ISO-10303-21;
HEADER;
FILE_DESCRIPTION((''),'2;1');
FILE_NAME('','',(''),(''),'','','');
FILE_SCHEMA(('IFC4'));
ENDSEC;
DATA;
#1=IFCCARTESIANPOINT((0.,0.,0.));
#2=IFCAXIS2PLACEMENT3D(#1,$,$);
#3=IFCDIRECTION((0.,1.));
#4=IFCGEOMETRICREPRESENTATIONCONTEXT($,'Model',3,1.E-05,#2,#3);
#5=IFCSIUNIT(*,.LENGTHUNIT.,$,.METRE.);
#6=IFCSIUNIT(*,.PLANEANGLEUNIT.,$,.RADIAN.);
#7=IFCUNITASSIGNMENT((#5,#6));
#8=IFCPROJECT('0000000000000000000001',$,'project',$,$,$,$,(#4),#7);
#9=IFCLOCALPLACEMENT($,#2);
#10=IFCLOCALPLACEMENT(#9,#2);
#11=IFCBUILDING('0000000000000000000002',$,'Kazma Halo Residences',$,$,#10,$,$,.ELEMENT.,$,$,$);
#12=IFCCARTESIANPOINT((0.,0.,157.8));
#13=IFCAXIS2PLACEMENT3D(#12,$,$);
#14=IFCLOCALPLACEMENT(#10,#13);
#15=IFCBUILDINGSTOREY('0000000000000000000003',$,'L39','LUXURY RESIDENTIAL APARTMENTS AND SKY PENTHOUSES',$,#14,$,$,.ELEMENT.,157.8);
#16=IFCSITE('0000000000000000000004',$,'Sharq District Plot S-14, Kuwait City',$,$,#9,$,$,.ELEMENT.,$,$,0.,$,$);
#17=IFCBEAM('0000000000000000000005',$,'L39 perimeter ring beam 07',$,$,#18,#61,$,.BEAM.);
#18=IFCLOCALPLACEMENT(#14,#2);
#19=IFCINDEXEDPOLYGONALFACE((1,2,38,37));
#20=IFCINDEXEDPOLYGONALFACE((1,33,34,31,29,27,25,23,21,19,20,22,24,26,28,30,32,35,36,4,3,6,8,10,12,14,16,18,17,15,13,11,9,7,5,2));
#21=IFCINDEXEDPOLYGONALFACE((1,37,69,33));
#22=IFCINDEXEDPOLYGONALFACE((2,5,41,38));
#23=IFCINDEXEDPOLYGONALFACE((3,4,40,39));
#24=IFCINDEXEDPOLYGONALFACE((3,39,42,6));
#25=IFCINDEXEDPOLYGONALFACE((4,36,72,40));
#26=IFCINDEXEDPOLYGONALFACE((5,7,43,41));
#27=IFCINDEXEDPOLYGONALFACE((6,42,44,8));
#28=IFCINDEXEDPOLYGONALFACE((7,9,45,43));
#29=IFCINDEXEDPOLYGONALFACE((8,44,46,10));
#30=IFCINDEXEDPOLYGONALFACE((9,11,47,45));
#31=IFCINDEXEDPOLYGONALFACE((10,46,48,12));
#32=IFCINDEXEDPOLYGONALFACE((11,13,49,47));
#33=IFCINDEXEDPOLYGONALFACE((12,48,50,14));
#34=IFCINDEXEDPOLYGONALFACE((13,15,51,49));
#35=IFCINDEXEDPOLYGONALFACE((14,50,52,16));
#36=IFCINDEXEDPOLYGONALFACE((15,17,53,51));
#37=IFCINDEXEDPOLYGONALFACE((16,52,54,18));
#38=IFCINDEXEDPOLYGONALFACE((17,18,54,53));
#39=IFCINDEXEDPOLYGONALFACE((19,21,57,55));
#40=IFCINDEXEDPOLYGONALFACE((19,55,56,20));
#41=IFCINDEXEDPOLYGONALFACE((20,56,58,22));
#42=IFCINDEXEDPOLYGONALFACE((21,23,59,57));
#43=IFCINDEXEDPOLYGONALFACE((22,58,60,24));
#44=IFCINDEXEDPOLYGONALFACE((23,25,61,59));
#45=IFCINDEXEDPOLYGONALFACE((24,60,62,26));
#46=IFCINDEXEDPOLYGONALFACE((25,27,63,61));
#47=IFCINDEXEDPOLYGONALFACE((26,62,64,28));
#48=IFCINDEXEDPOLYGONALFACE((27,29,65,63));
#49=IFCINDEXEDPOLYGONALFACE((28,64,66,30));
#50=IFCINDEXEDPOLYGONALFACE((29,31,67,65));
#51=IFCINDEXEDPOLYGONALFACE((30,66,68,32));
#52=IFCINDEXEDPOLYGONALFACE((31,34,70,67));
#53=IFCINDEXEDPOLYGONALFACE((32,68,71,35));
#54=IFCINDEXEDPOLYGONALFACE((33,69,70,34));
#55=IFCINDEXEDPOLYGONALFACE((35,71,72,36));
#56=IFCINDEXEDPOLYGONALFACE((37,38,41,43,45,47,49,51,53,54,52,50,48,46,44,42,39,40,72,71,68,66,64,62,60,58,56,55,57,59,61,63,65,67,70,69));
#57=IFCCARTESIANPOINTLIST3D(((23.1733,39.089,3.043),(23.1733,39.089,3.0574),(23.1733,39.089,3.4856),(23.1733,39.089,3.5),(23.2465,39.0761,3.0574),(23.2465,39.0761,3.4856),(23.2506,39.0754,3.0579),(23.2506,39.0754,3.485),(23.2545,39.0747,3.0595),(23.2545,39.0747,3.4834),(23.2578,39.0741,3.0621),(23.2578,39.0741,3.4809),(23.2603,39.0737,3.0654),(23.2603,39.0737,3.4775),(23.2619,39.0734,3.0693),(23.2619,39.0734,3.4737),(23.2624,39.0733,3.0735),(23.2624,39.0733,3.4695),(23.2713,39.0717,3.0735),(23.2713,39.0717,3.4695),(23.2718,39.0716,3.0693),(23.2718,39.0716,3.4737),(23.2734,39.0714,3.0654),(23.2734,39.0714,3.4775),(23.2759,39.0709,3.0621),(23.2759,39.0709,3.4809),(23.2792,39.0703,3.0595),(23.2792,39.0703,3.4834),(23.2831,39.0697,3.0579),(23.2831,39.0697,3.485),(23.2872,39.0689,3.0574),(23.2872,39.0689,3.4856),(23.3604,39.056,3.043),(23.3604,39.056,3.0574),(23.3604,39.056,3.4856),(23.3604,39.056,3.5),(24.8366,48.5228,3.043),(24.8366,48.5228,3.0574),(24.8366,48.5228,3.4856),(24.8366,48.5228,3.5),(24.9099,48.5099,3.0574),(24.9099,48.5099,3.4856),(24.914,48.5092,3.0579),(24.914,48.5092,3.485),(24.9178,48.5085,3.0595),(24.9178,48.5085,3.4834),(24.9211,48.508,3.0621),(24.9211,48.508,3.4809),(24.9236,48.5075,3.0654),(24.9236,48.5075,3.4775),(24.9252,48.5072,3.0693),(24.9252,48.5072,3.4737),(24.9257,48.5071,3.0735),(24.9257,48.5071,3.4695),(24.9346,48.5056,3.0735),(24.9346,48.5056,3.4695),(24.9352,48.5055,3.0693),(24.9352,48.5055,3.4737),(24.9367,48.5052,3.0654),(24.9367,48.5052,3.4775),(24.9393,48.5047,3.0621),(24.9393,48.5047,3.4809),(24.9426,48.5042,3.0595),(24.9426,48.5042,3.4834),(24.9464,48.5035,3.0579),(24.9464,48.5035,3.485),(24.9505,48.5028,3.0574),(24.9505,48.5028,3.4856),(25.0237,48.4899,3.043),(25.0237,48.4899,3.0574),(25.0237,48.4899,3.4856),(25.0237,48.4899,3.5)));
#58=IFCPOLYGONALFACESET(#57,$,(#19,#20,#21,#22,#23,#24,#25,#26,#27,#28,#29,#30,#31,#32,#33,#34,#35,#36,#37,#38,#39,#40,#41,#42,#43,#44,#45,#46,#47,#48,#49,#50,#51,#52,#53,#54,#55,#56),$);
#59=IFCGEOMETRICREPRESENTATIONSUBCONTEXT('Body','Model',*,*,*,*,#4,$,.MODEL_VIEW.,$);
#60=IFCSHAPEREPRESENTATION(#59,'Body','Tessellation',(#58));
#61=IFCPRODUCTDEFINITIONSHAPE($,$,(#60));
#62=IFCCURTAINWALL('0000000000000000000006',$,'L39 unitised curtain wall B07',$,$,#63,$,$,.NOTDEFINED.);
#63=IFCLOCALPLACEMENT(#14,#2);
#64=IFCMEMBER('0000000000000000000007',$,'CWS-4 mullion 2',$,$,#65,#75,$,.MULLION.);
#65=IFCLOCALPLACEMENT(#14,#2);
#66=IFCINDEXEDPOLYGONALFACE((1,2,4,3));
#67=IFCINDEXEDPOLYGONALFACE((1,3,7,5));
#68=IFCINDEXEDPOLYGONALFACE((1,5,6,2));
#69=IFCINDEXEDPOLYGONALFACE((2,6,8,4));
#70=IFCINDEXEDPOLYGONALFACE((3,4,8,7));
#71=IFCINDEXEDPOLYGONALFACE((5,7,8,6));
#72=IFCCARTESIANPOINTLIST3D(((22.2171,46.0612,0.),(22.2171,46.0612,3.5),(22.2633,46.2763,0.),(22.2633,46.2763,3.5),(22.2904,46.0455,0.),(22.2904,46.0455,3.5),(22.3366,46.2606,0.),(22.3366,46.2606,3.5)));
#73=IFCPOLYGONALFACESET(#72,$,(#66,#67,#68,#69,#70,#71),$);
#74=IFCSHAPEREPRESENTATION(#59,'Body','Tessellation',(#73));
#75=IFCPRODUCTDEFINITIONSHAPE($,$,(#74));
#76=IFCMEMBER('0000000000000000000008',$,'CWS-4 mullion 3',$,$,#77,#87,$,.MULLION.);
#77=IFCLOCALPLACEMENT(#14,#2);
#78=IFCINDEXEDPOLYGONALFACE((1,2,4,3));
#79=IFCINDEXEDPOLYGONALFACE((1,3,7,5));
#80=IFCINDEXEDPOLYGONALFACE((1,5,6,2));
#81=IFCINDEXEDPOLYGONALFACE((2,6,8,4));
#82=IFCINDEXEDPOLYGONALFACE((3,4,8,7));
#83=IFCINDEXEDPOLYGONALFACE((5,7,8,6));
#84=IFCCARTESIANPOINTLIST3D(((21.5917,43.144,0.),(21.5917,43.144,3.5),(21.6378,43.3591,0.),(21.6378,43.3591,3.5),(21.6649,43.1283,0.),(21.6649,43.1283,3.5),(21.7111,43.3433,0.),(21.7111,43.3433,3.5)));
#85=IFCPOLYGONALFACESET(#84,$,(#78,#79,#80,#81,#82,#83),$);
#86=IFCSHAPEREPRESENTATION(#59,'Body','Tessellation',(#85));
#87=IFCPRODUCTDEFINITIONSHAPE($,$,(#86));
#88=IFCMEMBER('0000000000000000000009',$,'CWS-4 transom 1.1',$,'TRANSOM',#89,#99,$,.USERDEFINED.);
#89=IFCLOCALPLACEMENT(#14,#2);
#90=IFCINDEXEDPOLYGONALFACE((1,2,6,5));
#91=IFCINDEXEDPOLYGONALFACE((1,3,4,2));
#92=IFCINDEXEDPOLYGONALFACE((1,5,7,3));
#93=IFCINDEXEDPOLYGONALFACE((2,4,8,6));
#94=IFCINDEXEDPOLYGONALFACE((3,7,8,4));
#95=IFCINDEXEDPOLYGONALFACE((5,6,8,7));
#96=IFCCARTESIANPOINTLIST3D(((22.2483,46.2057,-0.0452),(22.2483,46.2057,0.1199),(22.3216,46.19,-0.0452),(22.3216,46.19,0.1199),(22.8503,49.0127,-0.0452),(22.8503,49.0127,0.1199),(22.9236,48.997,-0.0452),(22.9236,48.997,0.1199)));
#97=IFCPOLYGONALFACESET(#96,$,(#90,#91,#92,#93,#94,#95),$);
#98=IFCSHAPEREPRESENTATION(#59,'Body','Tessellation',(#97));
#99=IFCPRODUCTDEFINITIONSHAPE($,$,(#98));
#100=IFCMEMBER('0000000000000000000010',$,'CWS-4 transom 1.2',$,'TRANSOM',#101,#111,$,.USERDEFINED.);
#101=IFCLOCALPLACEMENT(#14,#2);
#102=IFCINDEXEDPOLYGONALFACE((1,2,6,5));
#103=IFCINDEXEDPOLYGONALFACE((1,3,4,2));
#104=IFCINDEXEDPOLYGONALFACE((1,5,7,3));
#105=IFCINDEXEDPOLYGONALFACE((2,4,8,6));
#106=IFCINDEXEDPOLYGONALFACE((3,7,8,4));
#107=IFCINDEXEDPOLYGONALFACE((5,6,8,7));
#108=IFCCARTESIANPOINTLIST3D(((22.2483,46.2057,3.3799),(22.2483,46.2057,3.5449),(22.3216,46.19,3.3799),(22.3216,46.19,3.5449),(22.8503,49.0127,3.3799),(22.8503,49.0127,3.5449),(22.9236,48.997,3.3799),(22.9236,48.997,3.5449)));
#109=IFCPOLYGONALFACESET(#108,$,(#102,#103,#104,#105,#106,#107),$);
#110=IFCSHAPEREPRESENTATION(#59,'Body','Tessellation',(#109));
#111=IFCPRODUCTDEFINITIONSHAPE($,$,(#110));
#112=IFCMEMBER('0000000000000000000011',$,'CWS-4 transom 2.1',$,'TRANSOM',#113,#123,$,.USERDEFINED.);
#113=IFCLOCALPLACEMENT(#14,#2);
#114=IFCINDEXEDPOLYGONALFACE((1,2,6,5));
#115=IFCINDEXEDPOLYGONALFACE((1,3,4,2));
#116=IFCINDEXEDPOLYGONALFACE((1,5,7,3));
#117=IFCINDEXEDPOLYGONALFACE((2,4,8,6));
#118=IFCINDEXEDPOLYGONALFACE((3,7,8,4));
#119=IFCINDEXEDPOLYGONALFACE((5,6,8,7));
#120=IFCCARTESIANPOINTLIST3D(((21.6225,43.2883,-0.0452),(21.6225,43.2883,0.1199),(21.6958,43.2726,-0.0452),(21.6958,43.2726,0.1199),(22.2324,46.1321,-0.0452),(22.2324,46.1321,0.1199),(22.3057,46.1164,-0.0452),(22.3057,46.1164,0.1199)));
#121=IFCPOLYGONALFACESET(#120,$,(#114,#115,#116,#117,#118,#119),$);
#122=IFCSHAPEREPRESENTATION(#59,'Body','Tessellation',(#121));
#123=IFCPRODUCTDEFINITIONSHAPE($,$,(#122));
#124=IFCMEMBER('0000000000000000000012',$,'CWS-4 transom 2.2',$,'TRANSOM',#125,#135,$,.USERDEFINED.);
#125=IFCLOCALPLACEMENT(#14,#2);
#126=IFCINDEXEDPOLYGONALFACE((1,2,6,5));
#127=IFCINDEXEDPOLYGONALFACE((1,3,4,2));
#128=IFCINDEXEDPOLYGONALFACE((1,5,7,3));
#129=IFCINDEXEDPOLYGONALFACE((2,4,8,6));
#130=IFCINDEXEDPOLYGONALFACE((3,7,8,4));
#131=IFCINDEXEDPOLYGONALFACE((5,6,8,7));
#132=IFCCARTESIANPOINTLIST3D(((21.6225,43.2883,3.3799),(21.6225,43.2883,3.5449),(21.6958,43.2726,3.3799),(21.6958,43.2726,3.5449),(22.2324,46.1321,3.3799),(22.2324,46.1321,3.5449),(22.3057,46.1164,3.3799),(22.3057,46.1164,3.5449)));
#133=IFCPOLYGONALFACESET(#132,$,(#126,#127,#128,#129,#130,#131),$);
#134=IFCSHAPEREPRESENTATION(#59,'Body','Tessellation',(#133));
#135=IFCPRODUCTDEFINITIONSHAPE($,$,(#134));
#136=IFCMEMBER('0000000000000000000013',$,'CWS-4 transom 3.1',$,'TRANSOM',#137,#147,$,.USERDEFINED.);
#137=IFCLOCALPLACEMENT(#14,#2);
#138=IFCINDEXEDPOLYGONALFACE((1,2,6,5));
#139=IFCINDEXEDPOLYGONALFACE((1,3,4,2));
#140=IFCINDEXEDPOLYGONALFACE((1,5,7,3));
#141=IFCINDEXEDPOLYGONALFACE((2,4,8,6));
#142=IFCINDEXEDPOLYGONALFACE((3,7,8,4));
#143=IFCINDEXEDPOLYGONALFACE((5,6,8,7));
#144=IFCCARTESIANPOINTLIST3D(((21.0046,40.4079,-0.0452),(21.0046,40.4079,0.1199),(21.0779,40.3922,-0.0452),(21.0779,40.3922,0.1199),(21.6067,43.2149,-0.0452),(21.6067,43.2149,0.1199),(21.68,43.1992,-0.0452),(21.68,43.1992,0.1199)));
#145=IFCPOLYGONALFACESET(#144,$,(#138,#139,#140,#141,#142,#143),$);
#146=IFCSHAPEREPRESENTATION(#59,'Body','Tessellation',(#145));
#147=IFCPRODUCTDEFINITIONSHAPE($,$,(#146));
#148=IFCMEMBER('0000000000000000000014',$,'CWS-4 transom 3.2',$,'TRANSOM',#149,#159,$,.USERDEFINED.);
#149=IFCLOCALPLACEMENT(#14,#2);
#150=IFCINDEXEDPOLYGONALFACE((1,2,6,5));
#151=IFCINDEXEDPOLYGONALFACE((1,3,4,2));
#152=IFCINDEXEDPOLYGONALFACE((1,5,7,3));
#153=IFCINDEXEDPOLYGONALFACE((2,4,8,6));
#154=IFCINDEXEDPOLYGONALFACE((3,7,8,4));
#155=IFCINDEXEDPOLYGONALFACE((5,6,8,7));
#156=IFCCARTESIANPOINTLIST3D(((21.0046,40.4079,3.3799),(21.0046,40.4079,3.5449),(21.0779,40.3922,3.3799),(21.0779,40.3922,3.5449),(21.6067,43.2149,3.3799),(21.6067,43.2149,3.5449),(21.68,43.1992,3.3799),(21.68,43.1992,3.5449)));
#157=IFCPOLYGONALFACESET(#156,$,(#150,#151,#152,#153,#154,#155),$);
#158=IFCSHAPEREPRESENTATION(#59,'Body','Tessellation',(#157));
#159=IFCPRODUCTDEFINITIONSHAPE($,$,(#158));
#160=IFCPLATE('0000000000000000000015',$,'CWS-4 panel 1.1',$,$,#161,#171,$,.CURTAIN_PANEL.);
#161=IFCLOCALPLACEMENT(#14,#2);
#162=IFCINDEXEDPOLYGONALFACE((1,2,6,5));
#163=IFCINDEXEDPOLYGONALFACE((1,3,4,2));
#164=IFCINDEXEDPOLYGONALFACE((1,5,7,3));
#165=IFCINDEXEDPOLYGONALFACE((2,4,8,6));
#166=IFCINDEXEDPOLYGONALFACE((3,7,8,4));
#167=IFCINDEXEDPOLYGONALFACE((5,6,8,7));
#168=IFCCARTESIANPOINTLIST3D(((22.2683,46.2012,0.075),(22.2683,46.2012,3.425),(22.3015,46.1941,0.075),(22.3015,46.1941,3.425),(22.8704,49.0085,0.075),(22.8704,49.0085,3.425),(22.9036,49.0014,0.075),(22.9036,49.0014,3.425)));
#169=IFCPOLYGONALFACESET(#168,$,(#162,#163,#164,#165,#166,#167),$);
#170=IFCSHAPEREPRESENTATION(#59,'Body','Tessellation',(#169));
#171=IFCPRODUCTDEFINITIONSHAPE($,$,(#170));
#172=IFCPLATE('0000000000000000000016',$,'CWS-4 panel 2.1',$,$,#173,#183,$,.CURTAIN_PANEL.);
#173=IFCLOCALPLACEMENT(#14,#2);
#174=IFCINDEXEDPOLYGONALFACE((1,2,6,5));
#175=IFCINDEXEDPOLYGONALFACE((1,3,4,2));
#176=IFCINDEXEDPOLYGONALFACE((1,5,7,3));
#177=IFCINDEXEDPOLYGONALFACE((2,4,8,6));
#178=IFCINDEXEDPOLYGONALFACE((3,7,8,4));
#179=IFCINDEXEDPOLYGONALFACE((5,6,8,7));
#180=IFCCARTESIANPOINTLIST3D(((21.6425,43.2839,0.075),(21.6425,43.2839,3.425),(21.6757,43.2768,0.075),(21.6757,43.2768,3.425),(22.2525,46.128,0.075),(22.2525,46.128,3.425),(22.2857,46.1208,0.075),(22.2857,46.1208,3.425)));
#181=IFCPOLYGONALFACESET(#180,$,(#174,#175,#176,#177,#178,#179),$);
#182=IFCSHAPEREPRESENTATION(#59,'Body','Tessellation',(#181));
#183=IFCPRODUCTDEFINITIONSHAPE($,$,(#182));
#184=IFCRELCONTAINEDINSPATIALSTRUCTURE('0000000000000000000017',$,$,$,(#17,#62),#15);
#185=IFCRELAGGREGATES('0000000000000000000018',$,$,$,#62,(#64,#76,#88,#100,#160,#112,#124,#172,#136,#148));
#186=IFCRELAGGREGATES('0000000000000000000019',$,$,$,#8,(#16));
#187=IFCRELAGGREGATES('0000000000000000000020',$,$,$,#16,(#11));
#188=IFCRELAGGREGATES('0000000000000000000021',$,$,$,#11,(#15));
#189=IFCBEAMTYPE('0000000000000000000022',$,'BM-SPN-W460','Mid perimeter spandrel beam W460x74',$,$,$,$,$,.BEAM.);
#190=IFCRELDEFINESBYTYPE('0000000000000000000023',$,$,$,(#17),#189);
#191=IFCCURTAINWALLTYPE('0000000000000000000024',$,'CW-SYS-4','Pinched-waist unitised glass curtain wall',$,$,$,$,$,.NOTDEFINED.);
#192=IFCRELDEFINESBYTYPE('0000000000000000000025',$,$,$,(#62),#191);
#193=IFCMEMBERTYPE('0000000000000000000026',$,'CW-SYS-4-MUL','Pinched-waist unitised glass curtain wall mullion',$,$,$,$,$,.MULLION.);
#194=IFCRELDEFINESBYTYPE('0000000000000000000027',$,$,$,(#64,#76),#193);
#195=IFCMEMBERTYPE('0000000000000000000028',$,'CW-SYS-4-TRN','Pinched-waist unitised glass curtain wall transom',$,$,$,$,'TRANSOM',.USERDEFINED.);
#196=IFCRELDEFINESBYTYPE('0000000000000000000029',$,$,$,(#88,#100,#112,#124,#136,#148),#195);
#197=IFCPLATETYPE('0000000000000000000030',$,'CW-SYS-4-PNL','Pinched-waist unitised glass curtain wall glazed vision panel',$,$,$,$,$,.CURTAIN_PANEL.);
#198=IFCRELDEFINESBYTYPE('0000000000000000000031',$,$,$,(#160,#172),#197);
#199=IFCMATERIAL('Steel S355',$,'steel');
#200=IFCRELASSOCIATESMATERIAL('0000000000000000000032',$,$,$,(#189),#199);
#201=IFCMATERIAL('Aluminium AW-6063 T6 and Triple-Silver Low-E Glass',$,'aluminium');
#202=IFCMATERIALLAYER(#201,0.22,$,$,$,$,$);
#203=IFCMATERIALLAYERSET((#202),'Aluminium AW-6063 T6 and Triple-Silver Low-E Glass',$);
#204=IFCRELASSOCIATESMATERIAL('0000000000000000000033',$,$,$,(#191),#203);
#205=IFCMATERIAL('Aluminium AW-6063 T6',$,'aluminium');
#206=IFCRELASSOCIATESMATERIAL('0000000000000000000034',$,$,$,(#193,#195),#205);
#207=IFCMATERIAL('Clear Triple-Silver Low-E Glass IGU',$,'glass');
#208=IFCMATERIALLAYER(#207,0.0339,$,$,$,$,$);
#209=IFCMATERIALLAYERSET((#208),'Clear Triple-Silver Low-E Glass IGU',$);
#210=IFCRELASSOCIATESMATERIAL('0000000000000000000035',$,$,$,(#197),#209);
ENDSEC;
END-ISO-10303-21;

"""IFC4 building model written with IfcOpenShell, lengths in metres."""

from ifc_helpers import new_model, si_unit, direction, frame, origin, origin_2d, place, context, subcontext, project, spatial, rectangle, i_section, extrude, material, layer, layer_set, material_profile, profile_set, type_object, element, aggregate, save


model = new_model("IFC4")

# Units and contexts
model_context = context("Model", 3, precision=1e-05, world=origin(), true_north=direction((0.0, 1.0)))
body_context = subcontext(model_context, "Body", "Model", "MODEL_VIEW")
ifc_project = project(units=[si_unit("LENGTHUNIT", "METRE"), si_unit("PLANEANGLEUNIT", "RADIAN")], contexts=[model_context])

# Site, building, storey
site_placement = place(None, origin())
site = spatial("IfcSite", under=ifc_project, at=site_placement, Name="Sharq District Plot S-14, Kuwait City", CompositionType="ELEMENT", RefElevation=0.0)
building_placement = place(site_placement, origin())
building = spatial("IfcBuilding", under=site, at=building_placement, Name="Kazma Halo Residences", CompositionType="ELEMENT")
storey_placement = place(building_placement, frame((0.0, 0.0, 157.8)))
storey = spatial("IfcBuildingStorey", under=building, at=storey_placement, Name="L39", Description="LUXURY RESIDENTIAL APARTMENTS AND SKY PENTHOUSES", CompositionType="ELEMENT", Elevation=157.8)

# Beam
ifc_material_1 = material(Name="Steel S355", Category="steel")
ifc_material_profile_1 = material_profile(ifc_material_1, i_section(OverallWidth=0.1899, OverallDepth=0.457, WebThickness=0.009, FlangeThickness=0.0144, FilletRadius=0.0161, at=origin_2d()), Name="W460x74")
ifc_profile_set_1 = profile_set([ifc_material_profile_1], Name="Steel S355")
beam_type_1 = type_object("IfcBeamType", Name="BM-SPN-W460", Description="Mid perimeter spandrel beam W460x74", PredefinedType="BEAM", material=ifc_profile_set_1)
beam_1_placement = place(storey_placement, frame((24.9302, 48.5063, 3.2715), z_axis=(-0.173637, -0.98481, 0.0), x_axis=(0.98481, -0.173637, 0.0)))
element("IfcBeam", 1, at=beam_1_placement, inside=storey, type_object=beam_type_1, Name="L39 perimeter ring beam 07", PredefinedType="BEAM", context=body_context, shape_type="SweptSolid", body=[
    extrude(i_section(OverallWidth=0.1899, OverallDepth=0.457, WebThickness=0.009, FlangeThickness=0.0144, FilletRadius=0.0161, at=origin_2d()), origin(), (0.0, 0.0, 1.0), 9.5793),
])

# Curtain wall, members, plates
ifc_material_2 = material(Name="Aluminium AW-6063 T6 and Triple-Silver Low-E Glass", Category="aluminium")
ifc_layer_1 = layer(ifc_material_2, 0.22)
ifc_layer_set_1 = layer_set([ifc_layer_1], Name="Aluminium AW-6063 T6 and Triple-Silver Low-E Glass")
curtain_wall_type = type_object("IfcCurtainWallType", Name="CW-SYS-4", Description="Pinched-waist unitised glass curtain wall", PredefinedType="NOTDEFINED", material=ifc_layer_set_1)
curtain_wall_placement = place(storey_placement, origin())
curtain_wall = element("IfcCurtainWall", 2, at=curtain_wall_placement, inside=storey, type_object=curtain_wall_type, Name="L39 unitised curtain wall B07", PredefinedType="NOTDEFINED")
ifc_material_3 = material(Name="Aluminium AW-6063 T6", Category="aluminium")
ifc_material_profile_2 = material_profile(ifc_material_3, rectangle(XDim=0.075, YDim=0.22, at=origin_2d()), Name="CWM-75x220")
ifc_profile_set_2 = profile_set([ifc_material_profile_2], Name="Aluminium AW-6063 T6")
member_type_1 = type_object("IfcMemberType", Name="CW-SYS-4-MUL", Description="Pinched-waist unitised glass curtain wall mullion", PredefinedType="MULLION", material=ifc_profile_set_2)
member_1_placement = place(storey_placement, frame((22.2769, 46.1609, 0.0), z_axis=(0.0, 0.0, 1.0), x_axis=(0.977765, -0.209704, 0.0)))
member_1 = element("IfcMember", 3, at=member_1_placement, type_object=member_type_1, Name="CWS-4 mullion 2", PredefinedType="MULLION", context=body_context, shape_type="SweptSolid", body=[
    extrude(rectangle(XDim=0.075, YDim=0.22, at=origin_2d()), origin(), (0.0, 0.0, 1.0), 3.5),
])
member_2_placement = place(storey_placement, frame((21.6514, 43.2437, 0.0), z_axis=(0.0, 0.0, 1.0), x_axis=(0.977765, -0.209704, 0.0)))
member_2 = element("IfcMember", 4, at=member_2_placement, type_object=member_type_1, Name="CWS-4 mullion 3", PredefinedType="MULLION", context=body_context, shape_type="SweptSolid", body=[
    extrude(rectangle(XDim=0.075, YDim=0.22, at=origin_2d()), origin(), (0.0, 0.0, 1.0), 3.5),
])
ifc_material_profile_3 = material_profile(ifc_material_3, rectangle(XDim=0.075, YDim=0.165, at=origin_2d()), Name="CWT-75x165")
ifc_profile_set_3 = profile_set([ifc_material_profile_3], Name="Aluminium AW-6063 T6")
member_type_2 = type_object("IfcMemberType", Name="CW-SYS-4-TRN", Description="Pinched-waist unitised glass curtain wall transom", ElementType="TRANSOM", PredefinedType="USERDEFINED", material=ifc_profile_set_3)
member_3_placement = place(storey_placement, frame((22.887, 49.0049, 0.0374), z_axis=(-0.209703, -0.977765, 0.0), x_axis=(0.977765, -0.209703, 0.0)))
member_3 = element("IfcMember", 5, at=member_3_placement, type_object=member_type_2, Name="CWS-4 transom 1.1", ObjectType="TRANSOM", PredefinedType="USERDEFINED", context=body_context, shape_type="SweptSolid", body=[
    extrude(rectangle(XDim=0.075, YDim=0.165, at=origin_2d()), origin(), (0.0, 0.0, 1.0), 2.8708),
])
member_4_placement = place(storey_placement, frame((22.887, 49.0049, 3.4624), z_axis=(-0.209703, -0.977765, 0.0), x_axis=(0.977765, -0.209703, 0.0)))
member_4 = element("IfcMember", 6, at=member_4_placement, type_object=member_type_2, Name="CWS-4 transom 1.2", ObjectType="TRANSOM", PredefinedType="USERDEFINED", context=body_context, shape_type="SweptSolid", body=[
    extrude(rectangle(XDim=0.075, YDim=0.165, at=origin_2d()), origin(), (0.0, 0.0, 1.0), 2.8708),
])
member_5_placement = place(storey_placement, frame((22.269, 46.1243, 0.0374), z_axis=(-0.20969, -0.977768, 0.0), x_axis=(0.977768, -0.20969, 0.0)))
member_5 = element("IfcMember", 7, at=member_5_placement, type_object=member_type_2, Name="CWS-4 transom 2.1", ObjectType="TRANSOM", PredefinedType="USERDEFINED", context=body_context, shape_type="SweptSolid", body=[
    extrude(rectangle(XDim=0.075, YDim=0.165, at=origin_2d()), origin(), (0.0, 0.0, 1.0), 2.9084),
])
member_6_placement = place(storey_placement, frame((22.269, 46.1243, 3.4624), z_axis=(-0.20969, -0.977768, 0.0), x_axis=(0.977768, -0.20969, 0.0)))
member_6 = element("IfcMember", 8, at=member_6_placement, type_object=member_type_2, Name="CWS-4 transom 2.2", ObjectType="TRANSOM", PredefinedType="USERDEFINED", context=body_context, shape_type="SweptSolid", body=[
    extrude(rectangle(XDim=0.075, YDim=0.165, at=origin_2d()), origin(), (0.0, 0.0, 1.0), 2.9084),
])
member_7_placement = place(storey_placement, frame((21.6433, 43.207, 0.0374), z_axis=(-0.209703, -0.977765, 0.0), x_axis=(0.977765, -0.209703, 0.0)))
member_7 = element("IfcMember", 9, at=member_7_placement, type_object=member_type_2, Name="CWS-4 transom 3.1", ObjectType="TRANSOM", PredefinedType="USERDEFINED", context=body_context, shape_type="SweptSolid", body=[
    extrude(rectangle(XDim=0.075, YDim=0.165, at=origin_2d()), origin(), (0.0, 0.0, 1.0), 2.8708),
])
member_8_placement = place(storey_placement, frame((21.6433, 43.207, 3.4624), z_axis=(-0.209703, -0.977765, 0.0), x_axis=(0.977765, -0.209703, 0.0)))
member_8 = element("IfcMember", 10, at=member_8_placement, type_object=member_type_2, Name="CWS-4 transom 3.2", ObjectType="TRANSOM", PredefinedType="USERDEFINED", context=body_context, shape_type="SweptSolid", body=[
    extrude(rectangle(XDim=0.075, YDim=0.165, at=origin_2d()), origin(), (0.0, 0.0, 1.0), 2.8708),
])
ifc_material_4 = material(Name="Clear Triple-Silver Low-E Glass IGU", Category="glass")
ifc_layer_2 = layer(ifc_material_4, 0.0339)
ifc_layer_set_2 = layer_set([ifc_layer_2], Name="Clear Triple-Silver Low-E Glass IGU")
plate_type = type_object("IfcPlateType", Name="CW-SYS-4-PNL", Description="Pinched-waist unitised glass curtain wall glazed vision panel", PredefinedType="CURTAIN_PANEL", material=ifc_layer_set_2)
plate_1_placement = place(storey_placement, frame((22.5859, 47.6013, 0.075), z_axis=(0.0, 0.0, 1.0), x_axis=(-0.209704, -0.977765, 0.0)))
plate_1 = element("IfcPlate", 11, at=plate_1_placement, type_object=plate_type, Name="CWS-4 panel 1.1", PredefinedType="CURTAIN_PANEL", context=body_context, shape_type="SweptSolid", body=[
    extrude(rectangle(XDim=2.8711, YDim=0.0339, at=origin_2d()), origin(), (0.0, 0.0, 1.0), 3.3501),
])
plate_2_placement = place(storey_placement, frame((21.9641, 44.7024, 0.075), z_axis=(0.0, 0.0, 1.0), x_axis=(-0.209704, -0.977765, 0.0)))
plate_2 = element("IfcPlate", 12, at=plate_2_placement, type_object=plate_type, Name="CWS-4 panel 2.1", PredefinedType="CURTAIN_PANEL", context=body_context, shape_type="SweptSolid", body=[
    extrude(rectangle(XDim=2.9087, YDim=0.0339, at=origin_2d()), origin(), (0.0, 0.0, 1.0), 3.3501),
])
aggregate(curtain_wall, [member_1, member_2, member_3, member_4, plate_1, member_5, member_6, plate_2, member_7, member_8])

save(model, "model.ifc")
